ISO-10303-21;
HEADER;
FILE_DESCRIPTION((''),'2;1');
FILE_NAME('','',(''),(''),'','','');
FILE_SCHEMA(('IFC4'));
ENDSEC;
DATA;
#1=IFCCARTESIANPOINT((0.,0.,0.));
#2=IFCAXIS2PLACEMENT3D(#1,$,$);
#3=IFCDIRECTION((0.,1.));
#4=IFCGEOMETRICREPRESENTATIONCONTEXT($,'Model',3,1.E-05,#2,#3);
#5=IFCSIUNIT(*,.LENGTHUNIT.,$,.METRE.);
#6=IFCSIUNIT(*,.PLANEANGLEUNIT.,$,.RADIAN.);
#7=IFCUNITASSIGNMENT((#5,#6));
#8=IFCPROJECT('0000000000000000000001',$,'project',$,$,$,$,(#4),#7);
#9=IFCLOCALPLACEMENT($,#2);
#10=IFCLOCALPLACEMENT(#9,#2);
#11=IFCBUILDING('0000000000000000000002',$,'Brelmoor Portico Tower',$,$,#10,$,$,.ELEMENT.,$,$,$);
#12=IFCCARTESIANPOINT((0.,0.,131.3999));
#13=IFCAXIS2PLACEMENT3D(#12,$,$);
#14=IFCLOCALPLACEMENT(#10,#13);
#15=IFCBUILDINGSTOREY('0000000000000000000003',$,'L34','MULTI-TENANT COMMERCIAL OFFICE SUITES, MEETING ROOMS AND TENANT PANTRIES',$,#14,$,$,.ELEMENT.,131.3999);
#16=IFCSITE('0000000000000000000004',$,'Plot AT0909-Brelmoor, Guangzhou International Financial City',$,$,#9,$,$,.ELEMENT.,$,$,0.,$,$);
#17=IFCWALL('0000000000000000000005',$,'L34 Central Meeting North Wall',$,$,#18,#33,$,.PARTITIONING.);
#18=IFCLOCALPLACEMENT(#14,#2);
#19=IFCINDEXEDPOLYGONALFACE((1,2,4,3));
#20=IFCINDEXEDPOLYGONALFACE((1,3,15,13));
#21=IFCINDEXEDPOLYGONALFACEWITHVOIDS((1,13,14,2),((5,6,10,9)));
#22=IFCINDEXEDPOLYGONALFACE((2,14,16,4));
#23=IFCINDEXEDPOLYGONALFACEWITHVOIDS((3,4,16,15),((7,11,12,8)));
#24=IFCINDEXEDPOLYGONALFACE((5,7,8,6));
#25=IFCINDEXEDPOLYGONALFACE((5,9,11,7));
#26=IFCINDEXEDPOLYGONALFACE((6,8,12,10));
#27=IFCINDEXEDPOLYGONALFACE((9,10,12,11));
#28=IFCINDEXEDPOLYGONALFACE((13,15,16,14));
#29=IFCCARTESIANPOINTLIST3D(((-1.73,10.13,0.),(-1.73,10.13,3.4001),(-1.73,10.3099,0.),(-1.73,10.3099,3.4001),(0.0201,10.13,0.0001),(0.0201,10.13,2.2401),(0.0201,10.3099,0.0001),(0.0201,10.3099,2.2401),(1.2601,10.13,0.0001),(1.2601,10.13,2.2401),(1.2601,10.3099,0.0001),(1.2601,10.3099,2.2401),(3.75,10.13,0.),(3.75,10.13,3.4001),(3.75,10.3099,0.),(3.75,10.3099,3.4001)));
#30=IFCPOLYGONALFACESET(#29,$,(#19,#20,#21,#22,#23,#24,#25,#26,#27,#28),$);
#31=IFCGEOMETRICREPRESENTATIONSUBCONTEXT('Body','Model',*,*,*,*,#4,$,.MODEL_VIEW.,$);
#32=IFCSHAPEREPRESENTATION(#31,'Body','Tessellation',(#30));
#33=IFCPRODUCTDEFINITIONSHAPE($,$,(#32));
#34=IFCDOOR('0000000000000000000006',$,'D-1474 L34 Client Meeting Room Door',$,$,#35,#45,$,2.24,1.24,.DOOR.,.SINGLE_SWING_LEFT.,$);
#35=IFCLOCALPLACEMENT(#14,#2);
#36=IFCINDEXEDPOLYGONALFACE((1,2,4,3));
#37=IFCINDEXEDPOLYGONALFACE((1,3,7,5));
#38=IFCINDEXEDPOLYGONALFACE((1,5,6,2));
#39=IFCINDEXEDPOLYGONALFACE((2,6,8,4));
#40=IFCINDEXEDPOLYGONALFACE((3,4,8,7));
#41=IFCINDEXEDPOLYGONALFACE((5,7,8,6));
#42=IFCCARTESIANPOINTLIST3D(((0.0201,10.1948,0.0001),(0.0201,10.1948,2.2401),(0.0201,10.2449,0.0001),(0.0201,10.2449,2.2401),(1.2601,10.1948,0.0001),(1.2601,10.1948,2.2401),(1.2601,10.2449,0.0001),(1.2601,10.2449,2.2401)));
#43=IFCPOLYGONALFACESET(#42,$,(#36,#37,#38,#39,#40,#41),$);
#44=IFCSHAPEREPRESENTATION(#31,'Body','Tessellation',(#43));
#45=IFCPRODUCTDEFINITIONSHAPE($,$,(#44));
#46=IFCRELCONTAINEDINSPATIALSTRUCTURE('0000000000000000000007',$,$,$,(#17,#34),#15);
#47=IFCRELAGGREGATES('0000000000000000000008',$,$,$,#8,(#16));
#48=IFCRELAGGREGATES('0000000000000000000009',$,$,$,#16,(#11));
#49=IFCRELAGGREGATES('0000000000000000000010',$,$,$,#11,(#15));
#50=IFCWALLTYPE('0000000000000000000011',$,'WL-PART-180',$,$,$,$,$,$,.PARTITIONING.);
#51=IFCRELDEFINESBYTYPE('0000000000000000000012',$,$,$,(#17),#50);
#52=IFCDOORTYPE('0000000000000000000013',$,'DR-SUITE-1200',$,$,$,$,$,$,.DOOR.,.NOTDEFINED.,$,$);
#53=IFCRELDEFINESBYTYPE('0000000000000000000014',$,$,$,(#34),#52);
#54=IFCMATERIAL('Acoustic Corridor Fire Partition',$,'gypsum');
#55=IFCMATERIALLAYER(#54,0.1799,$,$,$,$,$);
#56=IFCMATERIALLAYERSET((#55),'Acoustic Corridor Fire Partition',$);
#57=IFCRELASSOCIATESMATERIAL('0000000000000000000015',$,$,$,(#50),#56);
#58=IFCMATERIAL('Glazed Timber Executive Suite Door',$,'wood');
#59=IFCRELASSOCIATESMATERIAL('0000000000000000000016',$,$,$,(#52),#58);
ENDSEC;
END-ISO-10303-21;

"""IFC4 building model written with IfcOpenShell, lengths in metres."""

from ifc_helpers import new_model, si_unit, direction, frame, frame_2d, origin, place, context, subcontext, project, spatial, rectangle, extrude, material, layer, layer_set, type_object, element, fill, save


model = new_model("IFC4")

# Units and contexts
model_context = context("Model", 3, precision=1e-05, world=origin(), true_north=direction((0.0, 1.0)))
body_context = subcontext(model_context, "Body", "Model", "MODEL_VIEW")
ifc_project = project(units=[si_unit("LENGTHUNIT", "METRE"), si_unit("PLANEANGLEUNIT", "RADIAN")], contexts=[model_context])

# Site, building, storey
site_placement = place(None, origin())
site = spatial("IfcSite", under=ifc_project, at=site_placement, Name="Plot AT0909-Brelmoor, Guangzhou International Financial City", CompositionType="ELEMENT", RefElevation=0.0)
building_placement = place(site_placement, origin())
building = spatial("IfcBuilding", under=site, at=building_placement, Name="Brelmoor Portico Tower", CompositionType="ELEMENT")
storey_placement = place(building_placement, frame((0.0, 0.0, 131.3999)))
storey = spatial("IfcBuildingStorey", under=building, at=storey_placement, Name="L34", Description="MULTI-TENANT COMMERCIAL OFFICE SUITES, MEETING ROOMS AND TENANT PANTRIES", CompositionType="ELEMENT", Elevation=131.3999)

# Shared definitions
ifc_material_1 = material(Name="Acoustic Corridor Fire Partition", Category="gypsum")
ifc_layer_1 = layer(ifc_material_1, 0.1799)
ifc_layer_set_1 = layer_set([ifc_layer_1], Name="Acoustic Corridor Fire Partition")
wall_type_1 = type_object("IfcWallType", Name="WL-PART-180", PredefinedType="PARTITIONING", material=ifc_layer_set_1)

# Wall, opening, door
wall_1_placement = place(storey_placement, frame((-1.73, 10.22, 0.0), z_axis=(0.0, 0.0, 1.0), x_axis=(1.0, 0.0, 0.0)))
wall_1 = element("IfcWall", 1, at=wall_1_placement, inside=storey, type_object=wall_type_1, Name="L34 Central Meeting North Wall", PredefinedType="PARTITIONING", context=body_context, shape_type="SweptSolid", body=[
    extrude(rectangle(XDim=5.48, YDim=0.1799, at=frame_2d((2.74, 0.0))), origin(), (0.0, 0.0, 1.0), 3.4001),
])
opening_1_placement = place(wall_1_placement, frame((1.75, 0.0, 0.0)))
opening_1 = element("IfcOpeningElement", 2, at=opening_1_placement, cuts=wall_1, PredefinedType="OPENING", context=body_context, shape_type="SweptSolid", body=[
    extrude(rectangle(XDim=1.24, YDim=2.24, at=frame_2d((0.6201, 1.1201))), frame((0.0, 0.0999, 0.0), z_axis=(0.0, -1.0, 0.0), x_axis=(1.0, 0.0, 0.0)), (0.0, 0.0, 1.0), 0.2),
])
ifc_material_2 = material(Name="Glazed Timber Executive Suite Door", Category="wood")
door_type_1 = type_object("IfcDoorType", Name="DR-SUITE-1200", OperationType="NOTDEFINED", PredefinedType="DOOR", material=ifc_material_2)
door_1_placement = place(opening_1_placement, origin())
door_1 = element("IfcDoor", 3, at=door_1_placement, inside=storey, type_object=door_type_1, Name="D-1474 L34 Client Meeting Room Door", OperationType="SINGLE_SWING_LEFT", OverallHeight=2.24, OverallWidth=1.24, PredefinedType="DOOR", context=body_context, shape_type="SweptSolid", body=[
    extrude(rectangle(XDim=1.24, YDim=2.24, at=frame_2d((0.6201, 1.1201))), frame((0.0, 0.0249, 0.0), z_axis=(0.0, -1.0, 0.0), x_axis=(1.0, 0.0, 0.0)), (0.0, 0.0, 1.0), 0.05),
])
fill(opening_1, door_1)

save(model, "model.ifc")
